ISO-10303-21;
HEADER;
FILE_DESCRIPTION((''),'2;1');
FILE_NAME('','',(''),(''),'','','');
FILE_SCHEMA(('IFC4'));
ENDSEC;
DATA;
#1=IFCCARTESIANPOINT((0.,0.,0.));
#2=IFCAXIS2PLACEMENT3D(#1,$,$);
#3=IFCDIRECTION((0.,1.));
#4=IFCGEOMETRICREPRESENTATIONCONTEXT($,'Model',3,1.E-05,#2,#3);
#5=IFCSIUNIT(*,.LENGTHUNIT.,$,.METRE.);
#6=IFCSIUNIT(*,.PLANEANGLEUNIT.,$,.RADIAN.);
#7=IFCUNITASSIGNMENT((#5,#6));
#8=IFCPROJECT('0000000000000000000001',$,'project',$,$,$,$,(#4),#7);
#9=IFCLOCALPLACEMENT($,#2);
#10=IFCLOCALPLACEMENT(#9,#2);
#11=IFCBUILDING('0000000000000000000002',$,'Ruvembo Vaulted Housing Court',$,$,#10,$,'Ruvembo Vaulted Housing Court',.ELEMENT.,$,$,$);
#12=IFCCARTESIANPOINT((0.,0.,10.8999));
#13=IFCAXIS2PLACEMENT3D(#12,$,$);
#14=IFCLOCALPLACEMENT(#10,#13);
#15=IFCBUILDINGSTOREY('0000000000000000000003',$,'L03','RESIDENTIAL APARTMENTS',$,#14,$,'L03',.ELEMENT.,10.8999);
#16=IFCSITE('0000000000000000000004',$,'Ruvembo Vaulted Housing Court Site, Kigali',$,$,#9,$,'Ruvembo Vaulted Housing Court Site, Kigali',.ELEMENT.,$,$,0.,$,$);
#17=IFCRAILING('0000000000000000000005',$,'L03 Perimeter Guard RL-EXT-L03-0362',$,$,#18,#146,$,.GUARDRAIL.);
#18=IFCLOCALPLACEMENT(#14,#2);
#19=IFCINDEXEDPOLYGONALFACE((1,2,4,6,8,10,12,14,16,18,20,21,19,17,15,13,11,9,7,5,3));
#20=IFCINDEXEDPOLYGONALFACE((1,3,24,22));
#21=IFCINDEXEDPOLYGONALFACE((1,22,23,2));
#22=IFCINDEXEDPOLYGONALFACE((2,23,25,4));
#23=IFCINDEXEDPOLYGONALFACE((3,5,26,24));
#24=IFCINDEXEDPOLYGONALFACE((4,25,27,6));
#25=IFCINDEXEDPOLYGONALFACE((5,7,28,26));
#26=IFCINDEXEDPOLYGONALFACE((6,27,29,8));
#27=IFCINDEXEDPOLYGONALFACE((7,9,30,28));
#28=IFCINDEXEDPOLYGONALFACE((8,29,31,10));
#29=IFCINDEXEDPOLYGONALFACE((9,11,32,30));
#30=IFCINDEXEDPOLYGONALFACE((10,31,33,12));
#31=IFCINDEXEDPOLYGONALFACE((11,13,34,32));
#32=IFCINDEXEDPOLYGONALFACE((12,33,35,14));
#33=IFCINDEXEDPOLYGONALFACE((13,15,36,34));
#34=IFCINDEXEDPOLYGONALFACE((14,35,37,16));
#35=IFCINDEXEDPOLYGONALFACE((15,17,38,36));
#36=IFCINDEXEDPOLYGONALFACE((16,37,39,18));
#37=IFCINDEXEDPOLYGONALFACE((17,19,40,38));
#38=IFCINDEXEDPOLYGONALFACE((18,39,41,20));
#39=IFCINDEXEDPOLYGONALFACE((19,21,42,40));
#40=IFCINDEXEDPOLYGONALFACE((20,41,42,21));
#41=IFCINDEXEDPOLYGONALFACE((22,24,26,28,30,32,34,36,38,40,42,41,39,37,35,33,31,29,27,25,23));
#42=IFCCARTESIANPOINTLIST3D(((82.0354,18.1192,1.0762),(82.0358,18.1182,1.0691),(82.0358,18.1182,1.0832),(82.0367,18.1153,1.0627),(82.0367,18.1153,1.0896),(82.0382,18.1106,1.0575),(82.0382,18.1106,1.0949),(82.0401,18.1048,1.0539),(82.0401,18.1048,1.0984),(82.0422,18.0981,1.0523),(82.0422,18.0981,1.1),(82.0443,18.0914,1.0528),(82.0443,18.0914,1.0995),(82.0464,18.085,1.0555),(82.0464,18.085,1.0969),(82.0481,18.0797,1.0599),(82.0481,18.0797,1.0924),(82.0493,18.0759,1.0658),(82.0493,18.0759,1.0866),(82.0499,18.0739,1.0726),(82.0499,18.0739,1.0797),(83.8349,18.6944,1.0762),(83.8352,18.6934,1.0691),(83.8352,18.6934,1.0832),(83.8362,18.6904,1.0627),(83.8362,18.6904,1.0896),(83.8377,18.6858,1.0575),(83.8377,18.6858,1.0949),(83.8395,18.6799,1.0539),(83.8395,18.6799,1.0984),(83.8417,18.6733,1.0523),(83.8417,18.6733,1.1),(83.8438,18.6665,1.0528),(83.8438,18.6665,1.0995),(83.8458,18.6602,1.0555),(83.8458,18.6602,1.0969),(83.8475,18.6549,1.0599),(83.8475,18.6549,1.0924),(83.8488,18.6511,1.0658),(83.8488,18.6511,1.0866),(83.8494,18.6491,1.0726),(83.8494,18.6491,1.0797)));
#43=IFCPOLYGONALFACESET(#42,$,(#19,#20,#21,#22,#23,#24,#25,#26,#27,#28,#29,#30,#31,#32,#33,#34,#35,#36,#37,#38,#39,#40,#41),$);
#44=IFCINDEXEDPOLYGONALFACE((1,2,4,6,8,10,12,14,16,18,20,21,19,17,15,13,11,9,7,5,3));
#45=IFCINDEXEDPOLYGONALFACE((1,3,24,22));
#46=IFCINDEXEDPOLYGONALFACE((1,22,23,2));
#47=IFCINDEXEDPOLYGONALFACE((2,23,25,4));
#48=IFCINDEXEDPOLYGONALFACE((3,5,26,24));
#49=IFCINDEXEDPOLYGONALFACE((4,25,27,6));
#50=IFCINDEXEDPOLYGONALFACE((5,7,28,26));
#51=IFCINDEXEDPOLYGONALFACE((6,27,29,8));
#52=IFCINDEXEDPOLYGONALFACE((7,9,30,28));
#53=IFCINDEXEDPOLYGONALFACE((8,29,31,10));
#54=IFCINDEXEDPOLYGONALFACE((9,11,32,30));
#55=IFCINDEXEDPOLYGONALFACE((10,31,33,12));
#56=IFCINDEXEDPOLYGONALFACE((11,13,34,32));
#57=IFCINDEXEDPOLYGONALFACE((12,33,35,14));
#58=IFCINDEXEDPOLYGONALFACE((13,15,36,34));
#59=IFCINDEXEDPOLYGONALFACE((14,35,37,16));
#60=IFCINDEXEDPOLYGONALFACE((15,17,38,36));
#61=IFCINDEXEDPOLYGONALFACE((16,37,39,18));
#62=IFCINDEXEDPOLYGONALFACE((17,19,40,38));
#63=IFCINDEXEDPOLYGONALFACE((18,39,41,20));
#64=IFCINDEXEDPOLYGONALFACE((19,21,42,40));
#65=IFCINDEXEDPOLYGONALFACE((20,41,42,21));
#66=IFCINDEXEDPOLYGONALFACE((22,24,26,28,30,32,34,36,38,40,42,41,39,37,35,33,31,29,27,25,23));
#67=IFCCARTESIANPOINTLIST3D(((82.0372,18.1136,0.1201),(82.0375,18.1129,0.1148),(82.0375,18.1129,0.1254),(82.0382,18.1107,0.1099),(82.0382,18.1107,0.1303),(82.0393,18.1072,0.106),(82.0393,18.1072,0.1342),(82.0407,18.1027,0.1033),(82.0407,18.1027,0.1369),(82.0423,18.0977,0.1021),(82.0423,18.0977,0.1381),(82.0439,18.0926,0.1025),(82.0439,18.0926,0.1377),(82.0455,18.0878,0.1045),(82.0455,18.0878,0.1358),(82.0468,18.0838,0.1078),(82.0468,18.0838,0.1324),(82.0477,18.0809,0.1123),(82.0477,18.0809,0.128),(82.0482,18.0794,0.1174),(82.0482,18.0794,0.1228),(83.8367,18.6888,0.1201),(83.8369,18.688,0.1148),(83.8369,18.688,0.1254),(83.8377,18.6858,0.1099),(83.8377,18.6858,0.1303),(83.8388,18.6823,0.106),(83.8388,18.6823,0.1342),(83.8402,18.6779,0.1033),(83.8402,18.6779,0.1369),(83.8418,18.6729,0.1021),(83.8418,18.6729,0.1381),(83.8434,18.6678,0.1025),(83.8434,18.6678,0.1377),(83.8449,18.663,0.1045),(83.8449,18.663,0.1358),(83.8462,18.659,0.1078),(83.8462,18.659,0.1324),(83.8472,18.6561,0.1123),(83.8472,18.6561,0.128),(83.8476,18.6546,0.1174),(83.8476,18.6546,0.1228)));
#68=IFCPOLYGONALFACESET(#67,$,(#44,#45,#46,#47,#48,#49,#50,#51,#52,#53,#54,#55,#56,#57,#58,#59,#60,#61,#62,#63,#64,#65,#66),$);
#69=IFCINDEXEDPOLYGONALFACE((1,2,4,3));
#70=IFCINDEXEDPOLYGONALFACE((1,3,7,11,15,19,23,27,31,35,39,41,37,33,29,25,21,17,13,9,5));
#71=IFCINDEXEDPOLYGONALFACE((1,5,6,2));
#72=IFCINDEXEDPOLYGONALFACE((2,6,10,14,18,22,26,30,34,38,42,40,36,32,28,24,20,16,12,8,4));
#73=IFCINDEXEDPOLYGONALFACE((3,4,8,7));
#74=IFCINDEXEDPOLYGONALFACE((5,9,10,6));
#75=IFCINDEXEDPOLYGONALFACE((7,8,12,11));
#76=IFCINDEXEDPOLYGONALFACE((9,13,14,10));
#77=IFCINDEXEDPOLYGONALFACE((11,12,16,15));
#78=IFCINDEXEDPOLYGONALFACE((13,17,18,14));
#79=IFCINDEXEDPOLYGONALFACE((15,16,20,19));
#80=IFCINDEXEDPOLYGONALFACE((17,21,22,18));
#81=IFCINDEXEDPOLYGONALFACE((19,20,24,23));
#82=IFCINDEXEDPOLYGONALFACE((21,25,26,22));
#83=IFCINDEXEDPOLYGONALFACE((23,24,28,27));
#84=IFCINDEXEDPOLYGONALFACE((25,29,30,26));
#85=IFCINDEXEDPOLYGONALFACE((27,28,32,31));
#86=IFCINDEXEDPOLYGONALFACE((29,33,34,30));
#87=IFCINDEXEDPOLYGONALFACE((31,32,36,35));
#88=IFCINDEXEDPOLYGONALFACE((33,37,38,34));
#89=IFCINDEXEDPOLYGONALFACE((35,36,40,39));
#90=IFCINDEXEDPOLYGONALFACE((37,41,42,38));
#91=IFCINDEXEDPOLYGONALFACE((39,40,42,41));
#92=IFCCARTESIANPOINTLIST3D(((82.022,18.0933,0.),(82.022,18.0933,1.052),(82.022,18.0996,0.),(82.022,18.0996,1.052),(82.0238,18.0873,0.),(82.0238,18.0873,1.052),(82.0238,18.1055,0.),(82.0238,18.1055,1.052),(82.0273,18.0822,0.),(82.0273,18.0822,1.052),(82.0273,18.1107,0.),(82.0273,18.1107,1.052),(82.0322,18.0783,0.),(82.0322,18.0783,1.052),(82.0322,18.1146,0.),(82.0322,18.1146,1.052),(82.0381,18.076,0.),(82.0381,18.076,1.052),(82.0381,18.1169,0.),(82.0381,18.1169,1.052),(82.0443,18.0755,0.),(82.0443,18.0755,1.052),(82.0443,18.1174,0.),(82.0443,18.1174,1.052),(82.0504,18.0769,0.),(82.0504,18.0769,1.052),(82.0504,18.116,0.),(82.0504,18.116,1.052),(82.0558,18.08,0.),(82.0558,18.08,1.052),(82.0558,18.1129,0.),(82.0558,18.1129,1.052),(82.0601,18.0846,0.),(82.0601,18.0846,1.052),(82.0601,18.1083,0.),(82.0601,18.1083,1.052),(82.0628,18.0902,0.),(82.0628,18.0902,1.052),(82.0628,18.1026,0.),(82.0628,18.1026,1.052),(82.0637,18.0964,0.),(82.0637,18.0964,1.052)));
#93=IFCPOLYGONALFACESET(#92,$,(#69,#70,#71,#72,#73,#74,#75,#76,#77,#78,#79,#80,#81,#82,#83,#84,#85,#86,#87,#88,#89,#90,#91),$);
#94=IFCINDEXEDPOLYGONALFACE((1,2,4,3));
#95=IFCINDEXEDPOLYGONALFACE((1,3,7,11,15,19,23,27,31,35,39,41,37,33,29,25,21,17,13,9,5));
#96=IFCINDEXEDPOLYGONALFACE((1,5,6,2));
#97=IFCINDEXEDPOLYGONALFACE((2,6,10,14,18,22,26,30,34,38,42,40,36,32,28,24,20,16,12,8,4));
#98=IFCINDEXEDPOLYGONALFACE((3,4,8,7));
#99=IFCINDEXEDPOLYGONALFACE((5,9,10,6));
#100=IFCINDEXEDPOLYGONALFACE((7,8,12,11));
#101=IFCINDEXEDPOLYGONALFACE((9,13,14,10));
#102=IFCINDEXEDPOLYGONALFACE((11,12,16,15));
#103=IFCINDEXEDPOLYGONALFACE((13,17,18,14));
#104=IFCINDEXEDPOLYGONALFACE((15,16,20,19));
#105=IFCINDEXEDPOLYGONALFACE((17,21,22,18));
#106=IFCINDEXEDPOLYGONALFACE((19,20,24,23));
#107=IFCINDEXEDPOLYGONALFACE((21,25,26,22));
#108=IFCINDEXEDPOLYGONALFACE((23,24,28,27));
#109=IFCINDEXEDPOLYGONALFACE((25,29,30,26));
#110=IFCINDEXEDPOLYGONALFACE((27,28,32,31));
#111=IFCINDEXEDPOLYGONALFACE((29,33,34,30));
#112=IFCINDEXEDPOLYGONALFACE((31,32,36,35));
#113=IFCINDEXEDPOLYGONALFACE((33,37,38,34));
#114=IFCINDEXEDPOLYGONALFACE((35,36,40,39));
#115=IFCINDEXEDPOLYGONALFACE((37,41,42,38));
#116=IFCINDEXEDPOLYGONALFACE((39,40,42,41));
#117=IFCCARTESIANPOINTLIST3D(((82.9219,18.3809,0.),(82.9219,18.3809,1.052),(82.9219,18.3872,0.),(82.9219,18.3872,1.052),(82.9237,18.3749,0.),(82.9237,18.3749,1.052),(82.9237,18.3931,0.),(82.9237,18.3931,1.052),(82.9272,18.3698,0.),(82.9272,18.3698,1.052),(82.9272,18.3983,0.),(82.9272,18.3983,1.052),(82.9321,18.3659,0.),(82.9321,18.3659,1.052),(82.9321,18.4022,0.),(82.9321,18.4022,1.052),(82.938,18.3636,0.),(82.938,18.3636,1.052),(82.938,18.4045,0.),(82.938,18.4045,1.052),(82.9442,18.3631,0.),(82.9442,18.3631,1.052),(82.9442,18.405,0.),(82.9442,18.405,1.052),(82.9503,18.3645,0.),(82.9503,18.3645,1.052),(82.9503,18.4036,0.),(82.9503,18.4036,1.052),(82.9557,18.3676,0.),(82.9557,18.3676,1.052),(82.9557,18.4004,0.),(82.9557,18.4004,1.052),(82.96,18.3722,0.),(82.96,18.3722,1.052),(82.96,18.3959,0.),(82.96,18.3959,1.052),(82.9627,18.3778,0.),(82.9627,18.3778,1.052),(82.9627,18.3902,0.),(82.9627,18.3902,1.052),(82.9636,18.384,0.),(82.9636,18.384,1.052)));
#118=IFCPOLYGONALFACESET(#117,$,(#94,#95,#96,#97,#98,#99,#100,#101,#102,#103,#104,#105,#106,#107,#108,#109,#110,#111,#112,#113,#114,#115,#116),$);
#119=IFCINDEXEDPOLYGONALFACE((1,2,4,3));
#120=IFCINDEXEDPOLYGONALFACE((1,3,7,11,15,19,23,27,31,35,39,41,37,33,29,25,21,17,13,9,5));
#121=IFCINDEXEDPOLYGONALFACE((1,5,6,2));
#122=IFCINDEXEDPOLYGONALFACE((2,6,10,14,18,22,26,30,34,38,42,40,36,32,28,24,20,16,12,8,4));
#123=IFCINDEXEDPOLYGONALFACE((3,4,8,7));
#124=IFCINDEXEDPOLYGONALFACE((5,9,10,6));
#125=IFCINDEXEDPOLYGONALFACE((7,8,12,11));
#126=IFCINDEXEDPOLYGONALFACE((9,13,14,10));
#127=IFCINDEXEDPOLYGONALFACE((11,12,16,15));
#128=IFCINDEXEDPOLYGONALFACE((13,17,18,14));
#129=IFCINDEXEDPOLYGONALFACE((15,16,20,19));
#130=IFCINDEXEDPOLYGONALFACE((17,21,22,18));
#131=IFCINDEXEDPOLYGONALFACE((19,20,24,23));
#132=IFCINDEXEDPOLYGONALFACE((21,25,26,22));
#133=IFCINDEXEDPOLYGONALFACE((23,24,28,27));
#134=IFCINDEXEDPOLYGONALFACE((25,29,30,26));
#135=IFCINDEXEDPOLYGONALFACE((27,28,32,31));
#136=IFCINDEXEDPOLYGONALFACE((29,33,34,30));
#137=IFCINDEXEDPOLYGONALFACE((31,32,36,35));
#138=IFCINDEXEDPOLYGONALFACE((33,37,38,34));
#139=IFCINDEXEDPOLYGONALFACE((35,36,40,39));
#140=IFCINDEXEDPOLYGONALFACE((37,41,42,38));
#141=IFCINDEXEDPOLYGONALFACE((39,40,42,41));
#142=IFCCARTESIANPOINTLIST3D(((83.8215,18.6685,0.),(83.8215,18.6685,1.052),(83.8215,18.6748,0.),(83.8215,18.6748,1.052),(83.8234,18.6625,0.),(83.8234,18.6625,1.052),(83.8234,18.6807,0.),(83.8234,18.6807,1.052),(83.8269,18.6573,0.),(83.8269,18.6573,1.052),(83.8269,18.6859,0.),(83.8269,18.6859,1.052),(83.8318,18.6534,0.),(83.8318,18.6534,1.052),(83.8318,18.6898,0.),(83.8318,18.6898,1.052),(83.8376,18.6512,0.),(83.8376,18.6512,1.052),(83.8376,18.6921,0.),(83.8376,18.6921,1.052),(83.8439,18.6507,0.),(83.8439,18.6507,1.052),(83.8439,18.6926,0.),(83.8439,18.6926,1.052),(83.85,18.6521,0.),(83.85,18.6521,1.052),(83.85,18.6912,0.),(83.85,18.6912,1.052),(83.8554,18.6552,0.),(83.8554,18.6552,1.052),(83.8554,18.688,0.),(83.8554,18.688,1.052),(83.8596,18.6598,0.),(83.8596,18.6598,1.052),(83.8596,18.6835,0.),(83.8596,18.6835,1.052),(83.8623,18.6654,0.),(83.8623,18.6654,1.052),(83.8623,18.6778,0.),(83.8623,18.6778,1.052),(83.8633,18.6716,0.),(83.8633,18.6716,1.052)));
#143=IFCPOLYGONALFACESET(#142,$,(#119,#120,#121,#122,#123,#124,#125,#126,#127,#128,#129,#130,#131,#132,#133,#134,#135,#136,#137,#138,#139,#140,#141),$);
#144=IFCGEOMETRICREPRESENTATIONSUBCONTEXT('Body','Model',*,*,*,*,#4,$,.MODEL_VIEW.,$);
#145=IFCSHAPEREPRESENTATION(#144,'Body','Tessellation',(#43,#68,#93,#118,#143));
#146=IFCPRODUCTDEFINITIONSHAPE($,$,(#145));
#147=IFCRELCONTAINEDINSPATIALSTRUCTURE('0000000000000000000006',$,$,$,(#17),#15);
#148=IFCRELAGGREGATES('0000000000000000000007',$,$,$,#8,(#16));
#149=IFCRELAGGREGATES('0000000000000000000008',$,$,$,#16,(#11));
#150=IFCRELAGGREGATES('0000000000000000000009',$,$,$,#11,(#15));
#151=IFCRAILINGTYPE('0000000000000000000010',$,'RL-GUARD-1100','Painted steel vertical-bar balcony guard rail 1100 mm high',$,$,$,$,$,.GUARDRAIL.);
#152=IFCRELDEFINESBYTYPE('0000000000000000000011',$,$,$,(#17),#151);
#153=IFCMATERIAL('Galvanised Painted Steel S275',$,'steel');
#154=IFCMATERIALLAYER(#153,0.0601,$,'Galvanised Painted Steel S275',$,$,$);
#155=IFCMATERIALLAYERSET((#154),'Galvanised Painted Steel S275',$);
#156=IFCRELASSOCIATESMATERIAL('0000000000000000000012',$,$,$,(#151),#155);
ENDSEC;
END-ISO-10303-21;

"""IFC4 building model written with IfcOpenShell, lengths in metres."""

from ifc_helpers import new_model, si_unit, direction, frame, origin, origin_2d, place, context, subcontext, project, spatial, circle, extrude, material, layer, layer_set, type_object, element, save


model = new_model("IFC4")

# Units and contexts
model_context = context("Model", 3, precision=1e-05, world=origin(), true_north=direction((0.0, 1.0)))
body_context = subcontext(model_context, "Body", "Model", "MODEL_VIEW")
ifc_project = project(units=[si_unit("LENGTHUNIT", "METRE"), si_unit("PLANEANGLEUNIT", "RADIAN")], contexts=[model_context])

# Site, building, storey
site_placement = place(None, origin())
site = spatial("IfcSite", under=ifc_project, at=site_placement, Name="Ruvembo Vaulted Housing Court Site, Kigali", LongName="Ruvembo Vaulted Housing Court Site, Kigali", CompositionType="ELEMENT", RefElevation=0.0)
building_placement = place(site_placement, origin())
building = spatial("IfcBuilding", under=site, at=building_placement, Name="Ruvembo Vaulted Housing Court", LongName="Ruvembo Vaulted Housing Court", CompositionType="ELEMENT")
storey_placement = place(building_placement, frame((0.0, 0.0, 10.8999)))
storey = spatial("IfcBuildingStorey", under=building, at=storey_placement, Name="L03", Description="RESIDENTIAL APARTMENTS", LongName="L03", CompositionType="ELEMENT", Elevation=10.8999)

# Railing
ifc_material_1 = material(Name="Galvanised Painted Steel S275", Category="steel")
ifc_layer = layer(ifc_material_1, 0.0601, Name="Galvanised Painted Steel S275")
ifc_layer_set = layer_set([ifc_layer], Name="Galvanised Painted Steel S275")
railing_type = type_object("IfcRailingType", Name="RL-GUARD-1100", Description="Painted steel vertical-bar balcony guard rail 1100 mm high", PredefinedType="GUARDRAIL", material=ifc_layer_set)
railing_1_placement = place(storey_placement, frame((82.0427, 18.0964, 0.0)))
element("IfcRailing", 1, at=railing_1_placement, inside=storey, type_object=railing_type, Name="L03 Perimeter Guard RL-EXT-L03-0362", PredefinedType="GUARDRAIL", context=body_context, shape_type="SweptSolid", body=[
    extrude(circle(Radius=0.0239, at=origin_2d()), frame((0.0, 0.0, 1.0762), z_axis=(0.952526, 0.304457, 0.0), x_axis=(-0.304457, 0.952526, 0.0)), (0.0, 0.0, 1.0), 1.8892),
    extrude(circle(Radius=0.0181, at=origin_2d()), frame((0.0, 0.0, 0.1201), z_axis=(0.952526, 0.304457, 0.0), x_axis=(-0.304457, 0.952526, 0.0)), (0.0, 0.0, 1.0), 1.8892),
    extrude(circle(Radius=0.021, at=origin_2d()), origin(), (0.0, 0.0, 1.0), 1.052),
    extrude(circle(Radius=0.021, at=origin_2d()), frame((0.8999, 0.2876, 0.0)), (0.0, 0.0, 1.0), 1.052),
    extrude(circle(Radius=0.021, at=origin_2d()), frame((1.7996, 0.5752, 0.0)), (0.0, 0.0, 1.0), 1.052),
])

save(model, "model.ifc")
